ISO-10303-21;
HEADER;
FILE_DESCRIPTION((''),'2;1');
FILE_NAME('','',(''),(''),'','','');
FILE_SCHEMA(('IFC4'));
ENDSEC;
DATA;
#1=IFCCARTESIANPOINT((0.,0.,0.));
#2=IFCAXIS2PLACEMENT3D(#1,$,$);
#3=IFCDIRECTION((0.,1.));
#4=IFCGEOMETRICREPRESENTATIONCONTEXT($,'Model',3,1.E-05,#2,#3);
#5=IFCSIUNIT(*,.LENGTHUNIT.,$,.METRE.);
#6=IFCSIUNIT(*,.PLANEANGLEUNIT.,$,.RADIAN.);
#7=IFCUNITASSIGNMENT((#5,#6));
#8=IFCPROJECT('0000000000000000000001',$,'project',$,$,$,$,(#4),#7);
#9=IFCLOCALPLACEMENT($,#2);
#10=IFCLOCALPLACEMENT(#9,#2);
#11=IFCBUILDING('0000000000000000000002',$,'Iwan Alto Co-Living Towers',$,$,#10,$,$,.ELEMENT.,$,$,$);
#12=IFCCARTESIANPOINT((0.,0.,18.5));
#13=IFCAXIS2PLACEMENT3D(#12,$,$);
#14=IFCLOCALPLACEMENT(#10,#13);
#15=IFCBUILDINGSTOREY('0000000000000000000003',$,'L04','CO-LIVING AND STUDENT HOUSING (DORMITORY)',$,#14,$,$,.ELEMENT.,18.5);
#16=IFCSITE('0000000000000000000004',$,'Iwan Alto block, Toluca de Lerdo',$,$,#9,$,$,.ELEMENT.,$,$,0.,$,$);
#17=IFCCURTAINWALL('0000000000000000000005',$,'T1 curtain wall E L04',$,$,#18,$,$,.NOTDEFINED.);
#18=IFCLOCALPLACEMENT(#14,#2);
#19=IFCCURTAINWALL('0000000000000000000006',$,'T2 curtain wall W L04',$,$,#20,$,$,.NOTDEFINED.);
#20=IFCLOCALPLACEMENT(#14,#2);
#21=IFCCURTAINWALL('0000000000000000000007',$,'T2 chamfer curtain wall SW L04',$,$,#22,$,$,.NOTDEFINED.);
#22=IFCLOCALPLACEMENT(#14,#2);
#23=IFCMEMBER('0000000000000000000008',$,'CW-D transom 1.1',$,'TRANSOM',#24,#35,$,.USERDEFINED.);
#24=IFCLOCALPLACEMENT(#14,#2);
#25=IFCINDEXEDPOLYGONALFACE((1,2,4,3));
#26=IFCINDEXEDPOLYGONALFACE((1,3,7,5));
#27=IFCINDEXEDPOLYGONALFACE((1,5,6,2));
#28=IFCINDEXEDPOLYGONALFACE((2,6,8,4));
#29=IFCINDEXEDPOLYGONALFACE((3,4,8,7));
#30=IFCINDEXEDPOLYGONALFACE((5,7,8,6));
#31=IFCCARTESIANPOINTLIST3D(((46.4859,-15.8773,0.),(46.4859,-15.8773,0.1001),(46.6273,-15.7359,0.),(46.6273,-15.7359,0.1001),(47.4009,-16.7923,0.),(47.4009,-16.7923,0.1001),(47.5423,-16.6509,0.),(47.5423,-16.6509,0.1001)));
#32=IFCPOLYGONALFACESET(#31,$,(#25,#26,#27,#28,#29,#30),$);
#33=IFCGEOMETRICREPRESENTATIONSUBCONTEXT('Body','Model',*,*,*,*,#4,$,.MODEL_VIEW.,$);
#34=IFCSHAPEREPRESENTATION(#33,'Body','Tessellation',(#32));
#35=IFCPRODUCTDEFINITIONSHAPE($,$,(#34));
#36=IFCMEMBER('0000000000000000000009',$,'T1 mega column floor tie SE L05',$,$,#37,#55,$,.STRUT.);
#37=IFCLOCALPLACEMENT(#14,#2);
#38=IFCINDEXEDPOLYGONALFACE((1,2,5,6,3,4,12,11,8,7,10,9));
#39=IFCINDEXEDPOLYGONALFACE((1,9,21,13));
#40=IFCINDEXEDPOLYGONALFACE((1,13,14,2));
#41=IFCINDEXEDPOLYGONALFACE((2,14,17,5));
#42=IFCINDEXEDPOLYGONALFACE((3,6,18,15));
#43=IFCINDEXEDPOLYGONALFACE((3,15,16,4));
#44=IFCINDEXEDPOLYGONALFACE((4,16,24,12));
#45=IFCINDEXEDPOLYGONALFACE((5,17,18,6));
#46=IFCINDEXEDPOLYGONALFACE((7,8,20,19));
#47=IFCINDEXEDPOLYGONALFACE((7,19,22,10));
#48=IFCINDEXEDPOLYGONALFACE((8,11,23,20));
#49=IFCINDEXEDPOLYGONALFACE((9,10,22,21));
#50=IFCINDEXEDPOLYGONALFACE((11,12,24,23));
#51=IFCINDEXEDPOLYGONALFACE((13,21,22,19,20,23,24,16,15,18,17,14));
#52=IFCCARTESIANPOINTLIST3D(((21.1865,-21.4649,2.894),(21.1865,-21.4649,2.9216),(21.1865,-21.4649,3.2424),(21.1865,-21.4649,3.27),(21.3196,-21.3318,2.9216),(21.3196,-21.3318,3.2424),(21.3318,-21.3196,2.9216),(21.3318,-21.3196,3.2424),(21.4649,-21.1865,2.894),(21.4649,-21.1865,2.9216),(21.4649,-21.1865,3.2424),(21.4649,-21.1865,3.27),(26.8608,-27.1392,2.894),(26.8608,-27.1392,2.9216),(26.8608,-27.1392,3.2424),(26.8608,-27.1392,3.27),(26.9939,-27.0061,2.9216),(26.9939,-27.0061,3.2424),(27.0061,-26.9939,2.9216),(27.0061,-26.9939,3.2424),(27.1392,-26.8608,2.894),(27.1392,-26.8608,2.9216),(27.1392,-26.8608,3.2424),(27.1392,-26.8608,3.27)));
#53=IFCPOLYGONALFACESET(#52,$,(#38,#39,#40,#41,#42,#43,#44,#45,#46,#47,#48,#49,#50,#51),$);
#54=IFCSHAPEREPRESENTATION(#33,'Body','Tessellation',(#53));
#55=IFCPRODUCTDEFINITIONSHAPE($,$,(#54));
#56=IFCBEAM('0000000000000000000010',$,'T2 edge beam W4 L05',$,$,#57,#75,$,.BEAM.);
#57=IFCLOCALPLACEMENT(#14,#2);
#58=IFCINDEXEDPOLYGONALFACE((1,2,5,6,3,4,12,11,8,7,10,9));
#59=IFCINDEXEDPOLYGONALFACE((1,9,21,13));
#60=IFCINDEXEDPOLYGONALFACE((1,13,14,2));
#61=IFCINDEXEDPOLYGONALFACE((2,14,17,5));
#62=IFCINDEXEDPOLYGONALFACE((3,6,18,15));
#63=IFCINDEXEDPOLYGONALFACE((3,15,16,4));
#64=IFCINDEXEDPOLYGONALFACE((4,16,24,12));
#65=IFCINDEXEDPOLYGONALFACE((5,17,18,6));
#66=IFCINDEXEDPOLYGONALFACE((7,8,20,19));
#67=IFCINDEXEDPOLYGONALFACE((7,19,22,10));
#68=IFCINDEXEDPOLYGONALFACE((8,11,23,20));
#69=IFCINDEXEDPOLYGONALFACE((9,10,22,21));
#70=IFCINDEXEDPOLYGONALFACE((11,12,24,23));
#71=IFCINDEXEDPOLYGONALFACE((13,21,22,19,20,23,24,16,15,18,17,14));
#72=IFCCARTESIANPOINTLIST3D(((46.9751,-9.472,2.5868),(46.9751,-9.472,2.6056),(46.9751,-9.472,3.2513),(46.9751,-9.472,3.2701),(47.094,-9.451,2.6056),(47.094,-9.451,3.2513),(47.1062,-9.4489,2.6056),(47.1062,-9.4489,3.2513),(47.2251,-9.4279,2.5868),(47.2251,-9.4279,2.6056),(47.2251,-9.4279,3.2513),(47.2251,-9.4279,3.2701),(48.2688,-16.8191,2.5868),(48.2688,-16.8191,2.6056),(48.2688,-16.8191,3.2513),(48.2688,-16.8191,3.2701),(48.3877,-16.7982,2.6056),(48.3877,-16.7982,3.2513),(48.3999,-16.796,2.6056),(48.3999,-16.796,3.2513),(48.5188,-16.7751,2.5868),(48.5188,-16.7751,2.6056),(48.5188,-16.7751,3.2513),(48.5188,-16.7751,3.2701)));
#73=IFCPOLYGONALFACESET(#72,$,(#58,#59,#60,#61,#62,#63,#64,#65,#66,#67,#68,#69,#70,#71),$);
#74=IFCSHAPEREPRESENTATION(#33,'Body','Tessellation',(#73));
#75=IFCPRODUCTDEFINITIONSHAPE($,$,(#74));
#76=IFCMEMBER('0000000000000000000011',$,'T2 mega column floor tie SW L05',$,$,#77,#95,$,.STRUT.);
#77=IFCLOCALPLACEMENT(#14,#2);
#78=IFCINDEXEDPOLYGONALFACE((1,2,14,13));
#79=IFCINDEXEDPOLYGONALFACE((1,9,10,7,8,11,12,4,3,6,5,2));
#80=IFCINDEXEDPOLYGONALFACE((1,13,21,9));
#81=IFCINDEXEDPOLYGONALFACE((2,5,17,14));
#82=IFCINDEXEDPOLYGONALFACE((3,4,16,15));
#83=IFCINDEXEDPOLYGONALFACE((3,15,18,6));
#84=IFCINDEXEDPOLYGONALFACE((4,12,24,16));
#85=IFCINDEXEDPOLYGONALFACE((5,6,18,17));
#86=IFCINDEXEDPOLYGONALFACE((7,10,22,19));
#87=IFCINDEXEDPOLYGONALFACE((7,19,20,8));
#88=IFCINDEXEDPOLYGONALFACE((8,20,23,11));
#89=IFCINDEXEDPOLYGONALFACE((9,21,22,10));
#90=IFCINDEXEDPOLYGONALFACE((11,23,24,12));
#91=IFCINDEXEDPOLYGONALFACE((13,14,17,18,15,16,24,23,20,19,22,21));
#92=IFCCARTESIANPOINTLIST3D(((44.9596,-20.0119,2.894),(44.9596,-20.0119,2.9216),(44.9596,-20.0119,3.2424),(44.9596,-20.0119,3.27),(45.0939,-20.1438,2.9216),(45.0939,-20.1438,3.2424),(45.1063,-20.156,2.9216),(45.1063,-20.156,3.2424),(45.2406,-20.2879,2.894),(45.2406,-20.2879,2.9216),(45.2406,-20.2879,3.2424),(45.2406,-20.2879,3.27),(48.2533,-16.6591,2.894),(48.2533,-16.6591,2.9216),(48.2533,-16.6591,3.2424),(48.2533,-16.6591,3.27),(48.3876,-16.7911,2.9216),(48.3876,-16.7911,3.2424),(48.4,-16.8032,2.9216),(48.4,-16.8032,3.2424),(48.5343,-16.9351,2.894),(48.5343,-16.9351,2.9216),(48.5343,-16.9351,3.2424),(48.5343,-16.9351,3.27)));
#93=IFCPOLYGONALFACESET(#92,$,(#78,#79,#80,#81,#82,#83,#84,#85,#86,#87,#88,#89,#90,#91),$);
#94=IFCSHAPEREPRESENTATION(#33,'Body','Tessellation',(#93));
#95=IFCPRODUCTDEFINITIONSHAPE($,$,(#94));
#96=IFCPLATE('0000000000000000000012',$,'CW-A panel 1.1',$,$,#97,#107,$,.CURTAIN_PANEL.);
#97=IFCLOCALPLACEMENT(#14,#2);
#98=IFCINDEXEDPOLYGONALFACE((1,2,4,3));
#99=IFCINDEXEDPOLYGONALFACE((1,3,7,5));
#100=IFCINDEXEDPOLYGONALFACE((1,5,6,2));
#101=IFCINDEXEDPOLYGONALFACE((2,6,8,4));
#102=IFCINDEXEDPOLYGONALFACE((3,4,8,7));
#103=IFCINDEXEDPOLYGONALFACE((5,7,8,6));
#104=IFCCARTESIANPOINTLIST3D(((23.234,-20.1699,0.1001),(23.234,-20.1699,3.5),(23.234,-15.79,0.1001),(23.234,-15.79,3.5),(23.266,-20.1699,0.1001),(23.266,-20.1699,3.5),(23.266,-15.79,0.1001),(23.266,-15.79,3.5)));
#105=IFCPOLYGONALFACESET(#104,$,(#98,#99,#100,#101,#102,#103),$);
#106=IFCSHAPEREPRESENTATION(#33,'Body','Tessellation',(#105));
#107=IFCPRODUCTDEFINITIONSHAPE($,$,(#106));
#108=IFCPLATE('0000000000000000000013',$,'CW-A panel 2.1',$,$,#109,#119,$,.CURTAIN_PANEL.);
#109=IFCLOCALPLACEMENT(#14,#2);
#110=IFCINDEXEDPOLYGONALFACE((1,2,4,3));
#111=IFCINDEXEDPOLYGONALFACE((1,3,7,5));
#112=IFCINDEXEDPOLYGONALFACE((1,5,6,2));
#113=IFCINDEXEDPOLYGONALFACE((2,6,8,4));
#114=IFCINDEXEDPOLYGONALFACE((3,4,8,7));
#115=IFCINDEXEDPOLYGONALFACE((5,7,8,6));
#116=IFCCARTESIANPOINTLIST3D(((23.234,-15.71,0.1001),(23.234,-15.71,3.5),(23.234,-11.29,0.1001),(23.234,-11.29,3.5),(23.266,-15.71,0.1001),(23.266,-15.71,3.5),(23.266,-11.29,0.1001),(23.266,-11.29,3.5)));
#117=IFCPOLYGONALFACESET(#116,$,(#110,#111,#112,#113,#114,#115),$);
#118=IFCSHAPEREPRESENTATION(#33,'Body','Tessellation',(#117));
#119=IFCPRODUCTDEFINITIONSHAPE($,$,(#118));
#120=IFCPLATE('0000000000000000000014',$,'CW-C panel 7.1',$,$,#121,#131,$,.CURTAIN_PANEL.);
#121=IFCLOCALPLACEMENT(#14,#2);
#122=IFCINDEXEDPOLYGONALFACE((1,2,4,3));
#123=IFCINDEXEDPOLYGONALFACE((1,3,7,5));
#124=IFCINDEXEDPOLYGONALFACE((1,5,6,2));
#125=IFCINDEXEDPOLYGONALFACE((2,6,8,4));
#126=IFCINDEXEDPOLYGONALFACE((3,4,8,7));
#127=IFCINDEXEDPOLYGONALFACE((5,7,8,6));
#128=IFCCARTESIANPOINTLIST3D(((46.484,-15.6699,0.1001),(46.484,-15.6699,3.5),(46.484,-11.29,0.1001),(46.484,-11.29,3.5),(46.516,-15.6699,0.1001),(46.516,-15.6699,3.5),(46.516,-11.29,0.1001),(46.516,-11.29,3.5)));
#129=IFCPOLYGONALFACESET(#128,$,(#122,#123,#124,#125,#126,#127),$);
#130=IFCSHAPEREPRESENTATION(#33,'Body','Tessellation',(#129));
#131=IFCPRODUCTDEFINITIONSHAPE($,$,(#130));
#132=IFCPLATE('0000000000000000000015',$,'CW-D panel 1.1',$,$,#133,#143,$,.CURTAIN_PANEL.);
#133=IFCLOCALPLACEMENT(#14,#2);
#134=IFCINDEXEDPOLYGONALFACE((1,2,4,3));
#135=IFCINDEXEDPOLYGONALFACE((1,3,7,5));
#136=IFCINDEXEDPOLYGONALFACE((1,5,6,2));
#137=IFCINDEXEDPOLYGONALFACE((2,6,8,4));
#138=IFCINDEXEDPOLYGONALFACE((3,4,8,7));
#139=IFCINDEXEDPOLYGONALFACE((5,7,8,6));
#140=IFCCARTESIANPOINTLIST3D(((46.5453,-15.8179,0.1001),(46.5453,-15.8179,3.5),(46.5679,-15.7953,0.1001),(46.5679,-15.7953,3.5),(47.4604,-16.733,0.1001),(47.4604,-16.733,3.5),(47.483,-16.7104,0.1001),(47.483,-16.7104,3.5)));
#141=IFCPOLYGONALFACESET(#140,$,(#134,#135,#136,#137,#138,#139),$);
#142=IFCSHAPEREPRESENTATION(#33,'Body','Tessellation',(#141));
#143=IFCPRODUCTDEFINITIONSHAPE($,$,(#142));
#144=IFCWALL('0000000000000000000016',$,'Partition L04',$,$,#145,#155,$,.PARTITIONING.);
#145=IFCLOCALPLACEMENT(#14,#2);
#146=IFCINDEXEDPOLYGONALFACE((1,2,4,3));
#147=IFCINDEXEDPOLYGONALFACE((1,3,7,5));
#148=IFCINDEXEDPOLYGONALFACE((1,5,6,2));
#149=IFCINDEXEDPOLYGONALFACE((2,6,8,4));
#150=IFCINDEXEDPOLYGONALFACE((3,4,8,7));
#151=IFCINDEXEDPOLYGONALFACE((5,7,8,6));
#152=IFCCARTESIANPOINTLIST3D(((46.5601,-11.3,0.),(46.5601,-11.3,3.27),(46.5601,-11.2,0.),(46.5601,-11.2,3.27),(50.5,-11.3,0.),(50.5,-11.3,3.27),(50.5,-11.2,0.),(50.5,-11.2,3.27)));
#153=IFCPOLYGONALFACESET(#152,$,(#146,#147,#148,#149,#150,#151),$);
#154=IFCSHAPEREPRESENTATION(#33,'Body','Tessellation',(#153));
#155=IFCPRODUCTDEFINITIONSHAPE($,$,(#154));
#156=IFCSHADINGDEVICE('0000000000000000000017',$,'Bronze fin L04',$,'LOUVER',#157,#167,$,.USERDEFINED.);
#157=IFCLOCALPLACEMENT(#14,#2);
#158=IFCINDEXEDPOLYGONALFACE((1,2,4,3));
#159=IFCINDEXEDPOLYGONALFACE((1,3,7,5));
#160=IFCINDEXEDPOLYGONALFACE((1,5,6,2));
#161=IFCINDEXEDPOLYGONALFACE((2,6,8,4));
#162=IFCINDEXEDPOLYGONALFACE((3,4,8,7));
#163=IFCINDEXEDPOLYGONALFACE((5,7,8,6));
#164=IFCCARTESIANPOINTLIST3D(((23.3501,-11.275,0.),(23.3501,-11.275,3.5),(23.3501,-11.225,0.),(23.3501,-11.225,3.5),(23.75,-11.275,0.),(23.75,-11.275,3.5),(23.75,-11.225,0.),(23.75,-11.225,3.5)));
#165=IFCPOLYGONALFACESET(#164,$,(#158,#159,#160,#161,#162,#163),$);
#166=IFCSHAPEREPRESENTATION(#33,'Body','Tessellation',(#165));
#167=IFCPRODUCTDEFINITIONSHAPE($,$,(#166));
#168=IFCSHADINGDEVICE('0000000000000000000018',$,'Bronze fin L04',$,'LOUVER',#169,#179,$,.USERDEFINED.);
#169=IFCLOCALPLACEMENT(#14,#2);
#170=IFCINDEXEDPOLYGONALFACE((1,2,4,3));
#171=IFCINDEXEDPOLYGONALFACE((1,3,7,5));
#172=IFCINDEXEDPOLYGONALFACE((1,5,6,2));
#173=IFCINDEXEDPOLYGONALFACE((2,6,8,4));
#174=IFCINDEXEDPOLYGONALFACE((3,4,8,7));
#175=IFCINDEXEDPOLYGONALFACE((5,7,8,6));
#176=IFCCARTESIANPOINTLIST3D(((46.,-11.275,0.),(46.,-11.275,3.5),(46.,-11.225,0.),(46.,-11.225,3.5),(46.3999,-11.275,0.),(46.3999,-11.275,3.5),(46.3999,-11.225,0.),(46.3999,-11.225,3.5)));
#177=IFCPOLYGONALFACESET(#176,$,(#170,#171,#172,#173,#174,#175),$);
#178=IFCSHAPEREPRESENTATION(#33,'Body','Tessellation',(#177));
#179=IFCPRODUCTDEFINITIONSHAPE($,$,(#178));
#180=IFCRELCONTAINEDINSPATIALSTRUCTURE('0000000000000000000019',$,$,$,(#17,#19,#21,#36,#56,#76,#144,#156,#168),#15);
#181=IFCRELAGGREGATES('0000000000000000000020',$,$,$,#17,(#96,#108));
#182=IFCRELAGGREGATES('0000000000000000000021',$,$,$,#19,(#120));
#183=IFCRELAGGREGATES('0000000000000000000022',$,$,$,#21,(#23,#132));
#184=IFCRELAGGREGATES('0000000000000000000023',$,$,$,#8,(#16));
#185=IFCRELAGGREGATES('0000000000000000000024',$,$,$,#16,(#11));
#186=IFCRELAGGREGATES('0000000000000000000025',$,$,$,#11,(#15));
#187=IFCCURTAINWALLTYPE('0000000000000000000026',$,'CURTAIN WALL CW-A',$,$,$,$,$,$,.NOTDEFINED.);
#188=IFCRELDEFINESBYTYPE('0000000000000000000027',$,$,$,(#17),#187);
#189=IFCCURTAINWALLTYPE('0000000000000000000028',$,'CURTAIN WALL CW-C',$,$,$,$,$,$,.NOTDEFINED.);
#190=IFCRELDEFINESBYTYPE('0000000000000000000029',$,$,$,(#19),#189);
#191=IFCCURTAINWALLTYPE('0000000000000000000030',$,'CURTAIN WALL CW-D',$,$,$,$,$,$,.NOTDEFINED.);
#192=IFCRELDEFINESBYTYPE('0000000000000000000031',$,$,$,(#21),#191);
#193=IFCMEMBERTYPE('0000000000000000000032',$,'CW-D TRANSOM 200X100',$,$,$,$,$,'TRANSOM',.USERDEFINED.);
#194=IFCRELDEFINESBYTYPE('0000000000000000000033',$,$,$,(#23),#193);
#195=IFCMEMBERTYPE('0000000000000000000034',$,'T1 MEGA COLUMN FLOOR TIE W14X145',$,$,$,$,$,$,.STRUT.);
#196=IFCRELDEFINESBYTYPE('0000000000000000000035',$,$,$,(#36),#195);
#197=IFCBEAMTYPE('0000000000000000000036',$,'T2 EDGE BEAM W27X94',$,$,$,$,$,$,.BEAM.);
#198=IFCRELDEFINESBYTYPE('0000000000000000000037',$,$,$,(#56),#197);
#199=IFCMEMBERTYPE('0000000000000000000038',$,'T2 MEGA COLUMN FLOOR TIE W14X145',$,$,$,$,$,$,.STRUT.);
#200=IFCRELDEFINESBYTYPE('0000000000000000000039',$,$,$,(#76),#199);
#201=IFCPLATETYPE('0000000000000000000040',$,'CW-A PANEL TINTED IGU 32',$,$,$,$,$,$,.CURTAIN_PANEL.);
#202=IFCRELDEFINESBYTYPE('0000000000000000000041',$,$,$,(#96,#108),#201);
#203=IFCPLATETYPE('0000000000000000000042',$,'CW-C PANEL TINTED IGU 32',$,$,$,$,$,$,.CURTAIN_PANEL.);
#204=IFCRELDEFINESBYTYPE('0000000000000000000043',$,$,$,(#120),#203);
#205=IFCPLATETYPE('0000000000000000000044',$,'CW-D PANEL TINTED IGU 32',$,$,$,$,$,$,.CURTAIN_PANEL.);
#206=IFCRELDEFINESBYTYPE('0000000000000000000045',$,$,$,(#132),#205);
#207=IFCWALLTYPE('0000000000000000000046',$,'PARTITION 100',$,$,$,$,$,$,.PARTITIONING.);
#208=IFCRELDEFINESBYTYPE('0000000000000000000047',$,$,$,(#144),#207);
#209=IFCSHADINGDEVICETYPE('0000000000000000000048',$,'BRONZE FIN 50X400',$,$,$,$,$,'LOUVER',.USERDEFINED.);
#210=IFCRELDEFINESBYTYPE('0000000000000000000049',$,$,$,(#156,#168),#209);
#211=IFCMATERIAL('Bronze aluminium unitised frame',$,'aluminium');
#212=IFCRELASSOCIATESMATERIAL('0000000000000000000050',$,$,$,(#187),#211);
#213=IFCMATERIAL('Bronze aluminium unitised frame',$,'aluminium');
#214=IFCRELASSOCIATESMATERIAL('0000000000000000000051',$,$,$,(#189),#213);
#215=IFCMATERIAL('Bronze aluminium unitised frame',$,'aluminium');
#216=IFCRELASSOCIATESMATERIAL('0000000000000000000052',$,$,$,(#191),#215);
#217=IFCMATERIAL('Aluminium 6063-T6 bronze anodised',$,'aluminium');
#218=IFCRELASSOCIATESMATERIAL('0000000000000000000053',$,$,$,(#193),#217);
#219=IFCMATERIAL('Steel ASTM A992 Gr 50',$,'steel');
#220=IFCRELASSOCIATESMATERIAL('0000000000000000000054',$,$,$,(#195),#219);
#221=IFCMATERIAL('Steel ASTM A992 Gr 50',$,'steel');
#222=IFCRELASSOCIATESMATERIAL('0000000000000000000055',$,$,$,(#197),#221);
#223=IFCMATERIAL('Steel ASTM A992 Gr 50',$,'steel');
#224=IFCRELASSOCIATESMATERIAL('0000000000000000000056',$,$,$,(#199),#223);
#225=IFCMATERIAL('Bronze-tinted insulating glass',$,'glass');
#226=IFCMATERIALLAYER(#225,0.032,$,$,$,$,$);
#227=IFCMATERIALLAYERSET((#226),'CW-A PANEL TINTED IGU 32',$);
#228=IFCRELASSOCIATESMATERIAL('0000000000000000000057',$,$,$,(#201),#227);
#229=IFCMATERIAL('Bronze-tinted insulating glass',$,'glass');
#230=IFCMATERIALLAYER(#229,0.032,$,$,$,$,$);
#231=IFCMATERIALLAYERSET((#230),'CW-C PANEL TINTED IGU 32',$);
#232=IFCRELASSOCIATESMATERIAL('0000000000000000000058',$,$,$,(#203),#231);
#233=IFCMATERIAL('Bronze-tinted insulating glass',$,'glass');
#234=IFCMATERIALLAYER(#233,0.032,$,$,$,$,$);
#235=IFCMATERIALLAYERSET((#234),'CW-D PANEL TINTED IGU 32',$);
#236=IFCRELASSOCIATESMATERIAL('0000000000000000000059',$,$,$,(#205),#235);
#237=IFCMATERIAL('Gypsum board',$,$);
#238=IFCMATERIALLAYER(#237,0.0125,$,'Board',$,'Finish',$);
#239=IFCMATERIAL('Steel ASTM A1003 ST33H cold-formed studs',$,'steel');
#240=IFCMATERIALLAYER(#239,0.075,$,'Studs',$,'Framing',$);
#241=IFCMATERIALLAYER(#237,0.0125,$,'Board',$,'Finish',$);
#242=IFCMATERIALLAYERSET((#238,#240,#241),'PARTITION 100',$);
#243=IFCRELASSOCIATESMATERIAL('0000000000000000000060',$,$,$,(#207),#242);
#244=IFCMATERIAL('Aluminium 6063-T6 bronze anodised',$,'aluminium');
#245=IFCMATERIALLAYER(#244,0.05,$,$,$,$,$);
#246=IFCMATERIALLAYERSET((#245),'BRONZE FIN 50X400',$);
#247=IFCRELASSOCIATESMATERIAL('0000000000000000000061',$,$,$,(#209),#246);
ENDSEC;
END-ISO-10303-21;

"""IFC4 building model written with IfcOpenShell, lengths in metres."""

from ifc_helpers import new_model, si_unit, direction, frame, frame_2d, origin, origin_2d, place, context, subcontext, project, spatial, rectangle, i_section, extrude, material, layer, layer_set, material_profile, profile_set, type_object, element, aggregate, save


model = new_model("IFC4")

# Units and contexts
model_context = context("Model", 3, precision=1e-05, world=origin(), true_north=direction((0.0, 1.0)))
body_context = subcontext(model_context, "Body", "Model", "MODEL_VIEW")
ifc_project = project(units=[si_unit("LENGTHUNIT", "METRE"), si_unit("PLANEANGLEUNIT", "RADIAN")], contexts=[model_context])

# Site, building, storey
site_placement = place(None, origin())
site = spatial("IfcSite", under=ifc_project, at=site_placement, Name="Iwan Alto block, Toluca de Lerdo", CompositionType="ELEMENT", RefElevation=0.0)
building_placement = place(site_placement, origin())
building = spatial("IfcBuilding", under=site, at=building_placement, Name="Iwan Alto Co-Living Towers", CompositionType="ELEMENT")
storey_placement = place(building_placement, frame((0.0, 0.0, 18.5)))
storey = spatial("IfcBuildingStorey", under=building, at=storey_placement, Name="L04", Description="CO-LIVING AND STUDENT HOUSING (DORMITORY)", CompositionType="ELEMENT", Elevation=18.5)

# Curtain walls, member
ifc_material_1 = material(Name="Bronze aluminium unitised frame", Category="aluminium")
curtain_wall_type_1 = type_object("IfcCurtainWallType", Name="CURTAIN WALL CW-A", PredefinedType="NOTDEFINED", material=ifc_material_1)
curtain_wall_1_placement = place(storey_placement, origin())
curtain_wall_1 = element("IfcCurtainWall", 1, at=curtain_wall_1_placement, inside=storey, type_object=curtain_wall_type_1, Name="T1 curtain wall E L04", PredefinedType="NOTDEFINED")
ifc_material_2 = material(Name="Bronze aluminium unitised frame", Category="aluminium")
curtain_wall_type_2 = type_object("IfcCurtainWallType", Name="CURTAIN WALL CW-C", PredefinedType="NOTDEFINED", material=ifc_material_2)
curtain_wall_2_placement = place(storey_placement, origin())
curtain_wall_2 = element("IfcCurtainWall", 2, at=curtain_wall_2_placement, inside=storey, type_object=curtain_wall_type_2, Name="T2 curtain wall W L04", PredefinedType="NOTDEFINED")
ifc_material_3 = material(Name="Bronze aluminium unitised frame", Category="aluminium")
curtain_wall_type_3 = type_object("IfcCurtainWallType", Name="CURTAIN WALL CW-D", PredefinedType="NOTDEFINED", material=ifc_material_3)
curtain_wall_3_placement = place(storey_placement, origin())
curtain_wall_3 = element("IfcCurtainWall", 3, at=curtain_wall_3_placement, inside=storey, type_object=curtain_wall_type_3, Name="T2 chamfer curtain wall SW L04", PredefinedType="NOTDEFINED")
ifc_material_4 = material(Name="Aluminium 6063-T6 bronze anodised", Category="aluminium")
ifc_material_profile_1 = material_profile(ifc_material_4, rectangle(XDim=0.2, YDim=0.1001, at=origin_2d()), Name="AL 200X100")
ifc_profile_set_1 = profile_set([ifc_material_profile_1], Name="Aluminium 6063-T6 bronze anodised")
member_type_1 = type_object("IfcMemberType", Name="CW-D TRANSOM 200X100", ElementType="TRANSOM", PredefinedType="USERDEFINED", material=ifc_profile_set_1)
member_1_placement = place(storey_placement, frame((46.5566, -15.8066, 0.05), z_axis=(0.707107, -0.707107, 0.0), x_axis=(0.707107, 0.707107, 0.0)))
member_1 = element("IfcMember", 4, at=member_1_placement, type_object=member_type_1, Name="CW-D transom 1.1", ObjectType="TRANSOM", PredefinedType="USERDEFINED", context=body_context, shape_type="SweptSolid", body=[
    extrude(rectangle(XDim=0.2, YDim=0.1001, at=origin_2d()), origin(), (0.0, 0.0, 1.0), 1.2939),
])

# Member
ifc_material_5 = material(Name="Steel ASTM A992 Gr 50", Category="steel")
ifc_material_profile_2 = material_profile(ifc_material_5, i_section(OverallWidth=0.3938, OverallDepth=0.376, WebThickness=0.0173, FlangeThickness=0.0276, at=origin_2d()), Name="W14X145")
ifc_profile_set_2 = profile_set([ifc_material_profile_2], Name="Steel ASTM A992 Gr 50")
member_type_2 = type_object("IfcMemberType", Name="T1 MEGA COLUMN FLOOR TIE W14X145", PredefinedType="STRUT", material=ifc_profile_set_2)
member_2_placement = place(storey_placement, frame((27.0, -27.0, 3.082), z_axis=(-0.707107, 0.707107, 0.0), x_axis=(-0.707107, -0.707107, 0.0)))
element("IfcMember", 5, at=member_2_placement, inside=storey, type_object=member_type_2, Name="T1 mega column floor tie SE L05", PredefinedType="STRUT", context=body_context, shape_type="SweptSolid", body=[
    extrude(i_section(OverallWidth=0.3938, OverallDepth=0.376, WebThickness=0.0173, FlangeThickness=0.0276, at=origin_2d()), origin(), (0.0, 0.0, 1.0), 8.0247),
])

# Beam
ifc_material_6 = material(Name="Steel ASTM A992 Gr 50", Category="steel")
ifc_material_profile_3 = material_profile(ifc_material_6, i_section(OverallWidth=0.2539, OverallDepth=0.6833, WebThickness=0.0125, FlangeThickness=0.0188, at=origin_2d()), Name="W27X94")
ifc_profile_set_3 = profile_set([ifc_material_profile_3], Name="Steel ASTM A992 Gr 50")
beam_type = type_object("IfcBeamType", Name="T2 EDGE BEAM W27X94", PredefinedType="BEAM", material=ifc_profile_set_3)
beam_placement = place(storey_placement, frame((47.1001, -9.45, 2.9285), z_axis=(0.173414, -0.984849, 0.0), x_axis=(0.984849, 0.173414, 0.0)))
element("IfcBeam", 6, at=beam_placement, inside=storey, type_object=beam_type, Name="T2 edge beam W4 L05", PredefinedType="BEAM", context=body_context, shape_type="SweptSolid", body=[
    extrude(i_section(OverallWidth=0.2539, OverallDepth=0.6833, WebThickness=0.0125, FlangeThickness=0.0188, at=origin_2d()), origin(), (0.0, 0.0, 1.0), 7.4602),
])

# Member
ifc_material_7 = material(Name="Steel ASTM A992 Gr 50", Category="steel")
ifc_material_profile_4 = material_profile(ifc_material_7, i_section(OverallWidth=0.3938, OverallDepth=0.376, WebThickness=0.0173, FlangeThickness=0.0276, at=origin_2d()), Name="W14X145")
ifc_profile_set_4 = profile_set([ifc_material_profile_4], Name="Steel ASTM A992 Gr 50")
member_type_3 = type_object("IfcMemberType", Name="T2 MEGA COLUMN FLOOR TIE W14X145", PredefinedType="STRUT", material=ifc_profile_set_4)
member_3_placement = place(storey_placement, frame((45.1001, -20.1499, 3.082), z_axis=(0.700793, 0.713364, 0.0), x_axis=(-0.713364, 0.700793, 0.0)))
element("IfcMember", 7, at=member_3_placement, inside=storey, type_object=member_type_3, Name="T2 mega column floor tie SW L05", PredefinedType="STRUT", context=body_context, shape_type="SweptSolid", body=[
    extrude(i_section(OverallWidth=0.3938, OverallDepth=0.376, WebThickness=0.0173, FlangeThickness=0.0276, at=origin_2d()), origin(), (0.0, 0.0, 1.0), 4.7),
])

# Plates
ifc_material_8 = material(Name="Bronze-tinted insulating glass", Category="glass")
ifc_layer_1 = layer(ifc_material_8, 0.032)
ifc_layer_set_1 = layer_set([ifc_layer_1], Name="CW-A PANEL TINTED IGU 32")
plate_type_1 = type_object("IfcPlateType", Name="CW-A PANEL TINTED IGU 32", PredefinedType="CURTAIN_PANEL", material=ifc_layer_set_1)
plate_1_placement = place(storey_placement, frame((23.25, -17.98, 0.1001), z_axis=(0.0, 0.0, 1.0), x_axis=(0.0, 1.0, 0.0)))
plate_1 = element("IfcPlate", 8, at=plate_1_placement, type_object=plate_type_1, Name="CW-A panel 1.1", PredefinedType="CURTAIN_PANEL", context=body_context, shape_type="SweptSolid", body=[
    extrude(rectangle(XDim=4.3799, YDim=0.032, at=origin_2d()), origin(), (0.0, 0.0, 1.0), 3.3999),
])
plate_2_placement = place(storey_placement, frame((23.25, -13.5, 0.1001), z_axis=(0.0, 0.0, 1.0), x_axis=(0.0, 1.0, 0.0)))
plate_2 = element("IfcPlate", 9, at=plate_2_placement, type_object=plate_type_1, Name="CW-A panel 2.1", PredefinedType="CURTAIN_PANEL", context=body_context, shape_type="SweptSolid", body=[
    extrude(rectangle(XDim=4.4199, YDim=0.032, at=origin_2d()), origin(), (0.0, 0.0, 1.0), 3.3999),
])
aggregate(curtain_wall_1, [plate_1, plate_2])
ifc_material_9 = material(Name="Bronze-tinted insulating glass", Category="glass")
ifc_layer_2 = layer(ifc_material_9, 0.032)
ifc_layer_set_2 = layer_set([ifc_layer_2], Name="CW-C PANEL TINTED IGU 32")
plate_type_2 = type_object("IfcPlateType", Name="CW-C PANEL TINTED IGU 32", PredefinedType="CURTAIN_PANEL", material=ifc_layer_set_2)
plate_3_placement = place(storey_placement, frame((46.5, -13.48, 0.1001), z_axis=(0.0, 0.0, 1.0), x_axis=(0.0, -1.0, 0.0)))
plate_3 = element("IfcPlate", 10, at=plate_3_placement, type_object=plate_type_2, Name="CW-C panel 7.1", PredefinedType="CURTAIN_PANEL", context=body_context, shape_type="SweptSolid", body=[
    extrude(rectangle(XDim=4.3799, YDim=0.032, at=origin_2d()), origin(), (0.0, 0.0, 1.0), 3.3999),
])
aggregate(curtain_wall_2, [plate_3])
ifc_material_10 = material(Name="Bronze-tinted insulating glass", Category="glass")
ifc_layer_3 = layer(ifc_material_10, 0.032)
ifc_layer_set_3 = layer_set([ifc_layer_3], Name="CW-D PANEL TINTED IGU 32")
plate_type_3 = type_object("IfcPlateType", Name="CW-D PANEL TINTED IGU 32", PredefinedType="CURTAIN_PANEL", material=ifc_layer_set_3)
plate_4_placement = place(storey_placement, frame((47.0142, -16.2642, 0.1001), z_axis=(0.0, 0.0, 1.0), x_axis=(0.707107, -0.707107, 0.0)))
plate_4 = element("IfcPlate", 11, at=plate_4_placement, type_object=plate_type_3, Name="CW-D panel 1.1", PredefinedType="CURTAIN_PANEL", context=body_context, shape_type="SweptSolid", body=[
    extrude(rectangle(XDim=1.2942, YDim=0.032, at=origin_2d()), origin(), (0.0, 0.0, 1.0), 3.3999),
])
aggregate(curtain_wall_3, [member_1, plate_4])

# Wall
ifc_material_11 = material(Name="Gypsum board")
ifc_layer_4 = layer(ifc_material_11, 0.0125, Name="Board", Category="Finish")
ifc_material_12 = material(Name="Steel ASTM A1003 ST33H cold-formed studs", Category="steel")
ifc_layer_5 = layer(ifc_material_12, 0.075, Name="Studs", Category="Framing")
ifc_layer_6 = layer(ifc_material_11, 0.0125, Name="Board", Category="Finish")
ifc_layer_set_4 = layer_set([ifc_layer_4, ifc_layer_5, ifc_layer_6], Name="PARTITION 100")
wall_type = type_object("IfcWallType", Name="PARTITION 100", PredefinedType="PARTITIONING", material=ifc_layer_set_4)
wall_placement = place(storey_placement, frame((46.5601, -11.25, 0.0), z_axis=(0.0, 0.0, 1.0), x_axis=(1.0, 0.0, 0.0)))
element("IfcWall", 12, at=wall_placement, inside=storey, type_object=wall_type, Name="Partition L04", PredefinedType="PARTITIONING", context=body_context, shape_type="SweptSolid", body=[
    extrude(rectangle(XDim=3.9399, YDim=0.1001, at=frame_2d((1.97, 0.0))), origin(), (0.0, 0.0, 1.0), 3.27),
])

# Shading devices
ifc_material_13 = material(Name="Aluminium 6063-T6 bronze anodised", Category="aluminium")
ifc_layer_7 = layer(ifc_material_13, 0.05)
ifc_layer_set_5 = layer_set([ifc_layer_7], Name="BRONZE FIN 50X400")
shading_device_type = type_object("IfcShadingDeviceType", Name="BRONZE FIN 50X400", ElementType="LOUVER", PredefinedType="USERDEFINED", material=ifc_layer_set_5)
for number, where, z_axis, x_axis, name in (
    (13, (23.55, -11.25, 0.0), (0.0, 0.0, 1.0), (0.0, 1.0, 0.0), "Bronze fin L04"),
    (14, (46.2, -11.25, 0.0), (0.0, 0.0, 1.0), (0.0, -1.0, 0.0), "Bronze fin L04"),
):
    element("IfcShadingDevice", number, at=place(storey_placement, frame(where, z_axis=z_axis, x_axis=x_axis)), inside=storey, type_object=shading_device_type, Name=name, ObjectType="LOUVER", PredefinedType="USERDEFINED", context=body_context, shape_type="SweptSolid", body=[
        extrude(rectangle(XDim=0.05, YDim=0.3999, at=origin_2d()), origin(), (0.0, 0.0, 1.0), 3.5),
    ])

save(model, "model.ifc")
